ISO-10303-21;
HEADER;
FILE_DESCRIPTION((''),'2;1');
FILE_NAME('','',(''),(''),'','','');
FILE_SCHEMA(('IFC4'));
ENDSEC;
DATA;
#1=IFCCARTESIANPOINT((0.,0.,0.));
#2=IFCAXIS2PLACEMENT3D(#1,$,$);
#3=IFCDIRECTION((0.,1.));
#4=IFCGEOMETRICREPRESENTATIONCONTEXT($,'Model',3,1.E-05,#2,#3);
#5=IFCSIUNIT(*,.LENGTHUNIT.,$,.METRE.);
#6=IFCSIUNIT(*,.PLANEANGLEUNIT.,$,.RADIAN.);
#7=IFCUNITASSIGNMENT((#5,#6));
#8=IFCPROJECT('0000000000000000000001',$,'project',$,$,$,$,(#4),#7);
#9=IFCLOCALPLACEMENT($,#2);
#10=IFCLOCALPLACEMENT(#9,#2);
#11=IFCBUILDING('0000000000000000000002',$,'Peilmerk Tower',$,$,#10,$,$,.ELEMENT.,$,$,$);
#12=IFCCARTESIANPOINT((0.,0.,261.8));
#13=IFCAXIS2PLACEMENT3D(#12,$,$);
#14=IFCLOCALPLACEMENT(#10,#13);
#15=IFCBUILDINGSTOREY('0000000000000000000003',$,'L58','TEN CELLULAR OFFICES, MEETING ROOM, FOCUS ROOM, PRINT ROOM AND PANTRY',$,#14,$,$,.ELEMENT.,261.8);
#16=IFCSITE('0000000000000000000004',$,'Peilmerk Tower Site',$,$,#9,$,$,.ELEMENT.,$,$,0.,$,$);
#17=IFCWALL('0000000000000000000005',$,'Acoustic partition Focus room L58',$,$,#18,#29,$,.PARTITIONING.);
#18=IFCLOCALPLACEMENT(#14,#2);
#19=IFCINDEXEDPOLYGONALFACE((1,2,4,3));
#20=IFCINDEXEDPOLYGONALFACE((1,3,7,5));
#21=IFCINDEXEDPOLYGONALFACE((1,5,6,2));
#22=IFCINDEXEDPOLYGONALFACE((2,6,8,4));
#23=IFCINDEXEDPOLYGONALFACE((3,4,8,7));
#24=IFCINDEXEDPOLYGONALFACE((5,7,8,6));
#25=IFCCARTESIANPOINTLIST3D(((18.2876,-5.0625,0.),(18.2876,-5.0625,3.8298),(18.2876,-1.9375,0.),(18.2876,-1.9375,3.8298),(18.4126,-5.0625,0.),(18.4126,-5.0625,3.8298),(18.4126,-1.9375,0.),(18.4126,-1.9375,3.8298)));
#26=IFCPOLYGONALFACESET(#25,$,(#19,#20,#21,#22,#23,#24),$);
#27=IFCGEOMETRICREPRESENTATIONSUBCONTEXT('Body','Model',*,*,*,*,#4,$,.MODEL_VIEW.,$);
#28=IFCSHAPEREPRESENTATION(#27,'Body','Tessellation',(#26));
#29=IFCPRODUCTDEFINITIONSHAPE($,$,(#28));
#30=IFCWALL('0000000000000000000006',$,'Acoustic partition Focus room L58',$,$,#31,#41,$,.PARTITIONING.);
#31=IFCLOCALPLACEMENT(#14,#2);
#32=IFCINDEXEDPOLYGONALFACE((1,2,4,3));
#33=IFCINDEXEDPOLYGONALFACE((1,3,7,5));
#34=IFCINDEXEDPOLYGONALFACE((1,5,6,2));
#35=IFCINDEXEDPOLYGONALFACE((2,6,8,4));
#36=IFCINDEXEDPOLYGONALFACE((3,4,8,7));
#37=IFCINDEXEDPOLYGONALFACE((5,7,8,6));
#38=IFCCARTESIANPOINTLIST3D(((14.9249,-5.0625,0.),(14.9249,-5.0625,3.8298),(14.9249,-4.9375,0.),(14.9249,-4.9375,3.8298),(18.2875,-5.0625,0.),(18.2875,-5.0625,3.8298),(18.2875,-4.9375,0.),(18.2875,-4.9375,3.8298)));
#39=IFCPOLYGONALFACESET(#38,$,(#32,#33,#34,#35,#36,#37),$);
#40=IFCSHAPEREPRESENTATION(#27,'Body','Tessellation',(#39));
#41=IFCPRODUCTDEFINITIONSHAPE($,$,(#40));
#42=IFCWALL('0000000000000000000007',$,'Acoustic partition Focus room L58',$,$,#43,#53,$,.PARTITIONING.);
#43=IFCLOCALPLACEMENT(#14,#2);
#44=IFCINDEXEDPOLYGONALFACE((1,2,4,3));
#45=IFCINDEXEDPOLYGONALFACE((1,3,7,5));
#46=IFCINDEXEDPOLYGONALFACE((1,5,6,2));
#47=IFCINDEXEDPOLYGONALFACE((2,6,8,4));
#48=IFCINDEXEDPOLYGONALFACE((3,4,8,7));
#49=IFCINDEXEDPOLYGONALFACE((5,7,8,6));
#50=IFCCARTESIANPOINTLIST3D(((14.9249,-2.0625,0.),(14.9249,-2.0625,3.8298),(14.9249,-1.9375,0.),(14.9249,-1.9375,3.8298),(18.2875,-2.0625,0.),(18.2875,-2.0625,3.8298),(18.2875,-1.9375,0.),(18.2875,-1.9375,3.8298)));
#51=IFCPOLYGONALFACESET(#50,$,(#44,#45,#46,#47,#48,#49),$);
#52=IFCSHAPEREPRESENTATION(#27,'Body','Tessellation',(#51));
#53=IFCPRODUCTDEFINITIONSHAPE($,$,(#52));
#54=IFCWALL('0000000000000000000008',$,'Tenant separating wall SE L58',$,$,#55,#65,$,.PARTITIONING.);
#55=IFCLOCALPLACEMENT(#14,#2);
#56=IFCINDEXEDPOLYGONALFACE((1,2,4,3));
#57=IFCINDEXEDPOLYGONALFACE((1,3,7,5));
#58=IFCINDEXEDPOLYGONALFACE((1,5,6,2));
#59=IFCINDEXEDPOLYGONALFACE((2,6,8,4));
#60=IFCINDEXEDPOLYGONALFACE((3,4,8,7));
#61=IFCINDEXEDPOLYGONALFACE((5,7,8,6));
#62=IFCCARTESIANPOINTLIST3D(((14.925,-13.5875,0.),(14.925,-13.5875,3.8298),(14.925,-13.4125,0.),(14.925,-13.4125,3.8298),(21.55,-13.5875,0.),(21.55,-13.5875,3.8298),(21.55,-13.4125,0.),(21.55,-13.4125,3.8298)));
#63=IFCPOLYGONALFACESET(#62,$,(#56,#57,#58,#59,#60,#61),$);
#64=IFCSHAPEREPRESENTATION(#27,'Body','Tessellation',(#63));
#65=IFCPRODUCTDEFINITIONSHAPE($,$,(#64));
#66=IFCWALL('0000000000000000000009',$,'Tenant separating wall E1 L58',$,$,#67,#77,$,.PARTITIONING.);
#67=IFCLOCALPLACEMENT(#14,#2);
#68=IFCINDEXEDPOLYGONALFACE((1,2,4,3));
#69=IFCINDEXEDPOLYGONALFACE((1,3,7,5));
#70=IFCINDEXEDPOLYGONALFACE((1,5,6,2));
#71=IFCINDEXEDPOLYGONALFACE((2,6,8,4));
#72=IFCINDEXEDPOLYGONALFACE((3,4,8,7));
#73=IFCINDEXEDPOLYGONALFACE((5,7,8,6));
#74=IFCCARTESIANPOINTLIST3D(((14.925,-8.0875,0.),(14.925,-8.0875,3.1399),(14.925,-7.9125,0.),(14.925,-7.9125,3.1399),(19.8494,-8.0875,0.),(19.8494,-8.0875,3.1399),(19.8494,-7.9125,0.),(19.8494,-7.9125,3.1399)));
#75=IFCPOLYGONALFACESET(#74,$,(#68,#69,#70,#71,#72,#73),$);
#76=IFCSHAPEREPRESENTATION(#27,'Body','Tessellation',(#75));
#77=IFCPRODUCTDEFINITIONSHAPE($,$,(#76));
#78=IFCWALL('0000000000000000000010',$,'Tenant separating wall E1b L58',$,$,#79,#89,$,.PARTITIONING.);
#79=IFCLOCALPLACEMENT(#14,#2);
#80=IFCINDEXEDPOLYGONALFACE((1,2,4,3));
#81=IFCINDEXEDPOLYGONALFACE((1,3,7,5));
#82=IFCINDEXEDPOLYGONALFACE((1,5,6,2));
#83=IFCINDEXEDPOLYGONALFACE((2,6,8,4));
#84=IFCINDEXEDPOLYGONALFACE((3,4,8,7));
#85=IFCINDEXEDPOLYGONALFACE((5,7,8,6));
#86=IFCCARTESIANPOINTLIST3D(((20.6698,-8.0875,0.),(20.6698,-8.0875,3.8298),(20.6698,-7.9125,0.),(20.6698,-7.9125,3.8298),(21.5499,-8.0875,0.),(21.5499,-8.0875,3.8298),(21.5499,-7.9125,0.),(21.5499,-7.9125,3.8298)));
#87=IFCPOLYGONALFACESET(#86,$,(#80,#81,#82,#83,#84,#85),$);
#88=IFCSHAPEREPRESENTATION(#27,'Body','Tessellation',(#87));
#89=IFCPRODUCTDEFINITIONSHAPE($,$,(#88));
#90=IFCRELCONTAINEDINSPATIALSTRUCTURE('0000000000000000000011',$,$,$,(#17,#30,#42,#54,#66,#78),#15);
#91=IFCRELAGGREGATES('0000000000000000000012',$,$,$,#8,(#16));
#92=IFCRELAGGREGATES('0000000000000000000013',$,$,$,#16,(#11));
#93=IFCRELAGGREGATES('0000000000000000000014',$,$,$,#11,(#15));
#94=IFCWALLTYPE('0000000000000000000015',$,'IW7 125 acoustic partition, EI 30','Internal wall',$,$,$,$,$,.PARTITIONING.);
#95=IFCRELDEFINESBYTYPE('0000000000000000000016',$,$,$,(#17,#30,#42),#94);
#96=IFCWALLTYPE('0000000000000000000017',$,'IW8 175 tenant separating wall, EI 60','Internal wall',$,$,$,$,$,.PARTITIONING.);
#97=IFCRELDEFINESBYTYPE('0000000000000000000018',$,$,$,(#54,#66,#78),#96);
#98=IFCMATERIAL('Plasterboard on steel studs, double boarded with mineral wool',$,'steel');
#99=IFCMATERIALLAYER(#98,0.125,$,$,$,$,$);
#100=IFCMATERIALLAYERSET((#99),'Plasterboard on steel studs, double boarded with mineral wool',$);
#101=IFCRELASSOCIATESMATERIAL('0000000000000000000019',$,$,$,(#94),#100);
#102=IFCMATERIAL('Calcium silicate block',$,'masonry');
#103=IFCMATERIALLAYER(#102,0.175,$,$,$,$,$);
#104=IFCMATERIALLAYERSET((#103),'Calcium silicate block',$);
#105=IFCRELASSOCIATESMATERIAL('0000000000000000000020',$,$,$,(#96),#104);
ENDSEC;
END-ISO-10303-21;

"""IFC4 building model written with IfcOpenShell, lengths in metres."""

from ifc_helpers import new_model, si_unit, direction, frame, frame_2d, origin, place, context, subcontext, project, spatial, rectangle, extrude, material, layer, layer_set, type_object, element, save


model = new_model("IFC4")

# Units and contexts
model_context = context("Model", 3, precision=1e-05, world=origin(), true_north=direction((0.0, 1.0)))
body_context = subcontext(model_context, "Body", "Model", "MODEL_VIEW")
ifc_project = project(units=[si_unit("LENGTHUNIT", "METRE"), si_unit("PLANEANGLEUNIT", "RADIAN")], contexts=[model_context])

# Site, building, storey
site_placement = place(None, origin())
site = spatial("IfcSite", under=ifc_project, at=site_placement, Name="Peilmerk Tower Site", CompositionType="ELEMENT", RefElevation=0.0)
building_placement = place(site_placement, origin())
building = spatial("IfcBuilding", under=site, at=building_placement, Name="Peilmerk Tower", CompositionType="ELEMENT")
storey_placement = place(building_placement, frame((0.0, 0.0, 261.8)))
storey = spatial("IfcBuildingStorey", under=building, at=storey_placement, Name="L58", Description="TEN CELLULAR OFFICES, MEETING ROOM, FOCUS ROOM, PRINT ROOM AND PANTRY", CompositionType="ELEMENT", Elevation=261.8)

# Shared definitions
ifc_material_1 = material(Name="Calcium silicate block", Category="masonry")

# Walls
ifc_material_2 = material(Name="Plasterboard on steel studs, double boarded with mineral wool", Category="steel")
ifc_layer_1 = layer(ifc_material_2, 0.125)
ifc_layer_set_1 = layer_set([ifc_layer_1], Name="Plasterboard on steel studs, double boarded with mineral wool")
wall_type_1 = type_object("IfcWallType", Name="IW7 125 acoustic partition, EI 30", Description="Internal wall", PredefinedType="PARTITIONING", material=ifc_layer_set_1)
wall_1_placement = place(storey_placement, frame((18.3501, -5.0625, 0.0), z_axis=(0.0, 0.0, 1.0), x_axis=(0.0, 1.0, 0.0)))
element("IfcWall", 1, at=wall_1_placement, inside=storey, type_object=wall_type_1, Name="Acoustic partition Focus room L58", PredefinedType="PARTITIONING", context=body_context, shape_type="SweptSolid", body=[
    extrude(rectangle(XDim=3.125, YDim=0.125, at=frame_2d((1.5625, 0.0))), origin(), (0.0, 0.0, 1.0), 3.8298),
])
for number, where, z_axis, x_axis, name in (
    (2, (14.925, -5.0, 0.0), (0.0, 0.0, 1.0), (1.0, 0.0, 0.0), "Acoustic partition Focus room L58"),
    (3, (14.925, -2.0, 0.0), (0.0, 0.0, 1.0), (1.0, 0.0, 0.0), "Acoustic partition Focus room L58"),
):
    element("IfcWall", number, at=place(storey_placement, frame(where, z_axis=z_axis, x_axis=x_axis)), inside=storey, type_object=wall_type_1, Name=name, PredefinedType="PARTITIONING", context=body_context, shape_type="SweptSolid", body=[
        extrude(rectangle(XDim=3.3625, YDim=0.125, at=frame_2d((1.6812, 0.0))), origin(), (0.0, 0.0, 1.0), 3.8298),
    ])
ifc_layer_2 = layer(ifc_material_1, 0.175)
ifc_layer_set_2 = layer_set([ifc_layer_2], Name="Calcium silicate block")
wall_type_2 = type_object("IfcWallType", Name="IW8 175 tenant separating wall, EI 60", Description="Internal wall", PredefinedType="PARTITIONING", material=ifc_layer_set_2)
wall_2_placement = place(storey_placement, frame((21.55, -13.5, 0.0), z_axis=(0.0, 0.0, 1.0), x_axis=(-1.0, 0.0, 0.0)))
element("IfcWall", 4, at=wall_2_placement, inside=storey, type_object=wall_type_2, Name="Tenant separating wall SE L58", PredefinedType="PARTITIONING", context=body_context, shape_type="SweptSolid", body=[
    extrude(rectangle(XDim=6.625, YDim=0.175, at=frame_2d((3.3125, 0.0))), origin(), (0.0, 0.0, 1.0), 3.8298),
])
wall_3_placement = place(storey_placement, frame((14.925, -8.0, 0.0), z_axis=(0.0, 0.0, 1.0), x_axis=(1.0, 0.0, 0.0)))
element("IfcWall", 5, at=wall_3_placement, inside=storey, type_object=wall_type_2, Name="Tenant separating wall E1 L58", PredefinedType="PARTITIONING", context=body_context, shape_type="SweptSolid", body=[
    extrude(rectangle(XDim=4.9243, YDim=0.175, at=frame_2d((2.4622, 0.0))), origin(), (0.0, 0.0, 1.0), 3.1399),
])
wall_4_placement = place(storey_placement, frame((20.6699, -8.0, 0.0), z_axis=(0.0, 0.0, 1.0), x_axis=(1.0, 0.0, 0.0)))
element("IfcWall", 6, at=wall_4_placement, inside=storey, type_object=wall_type_2, Name="Tenant separating wall E1b L58", PredefinedType="PARTITIONING", context=body_context, shape_type="SweptSolid", body=[
    extrude(rectangle(XDim=0.8801, YDim=0.175, at=frame_2d((0.4399, 0.0))), origin(), (0.0, 0.0, 1.0), 3.8298),
])

save(model, "model.ifc")
